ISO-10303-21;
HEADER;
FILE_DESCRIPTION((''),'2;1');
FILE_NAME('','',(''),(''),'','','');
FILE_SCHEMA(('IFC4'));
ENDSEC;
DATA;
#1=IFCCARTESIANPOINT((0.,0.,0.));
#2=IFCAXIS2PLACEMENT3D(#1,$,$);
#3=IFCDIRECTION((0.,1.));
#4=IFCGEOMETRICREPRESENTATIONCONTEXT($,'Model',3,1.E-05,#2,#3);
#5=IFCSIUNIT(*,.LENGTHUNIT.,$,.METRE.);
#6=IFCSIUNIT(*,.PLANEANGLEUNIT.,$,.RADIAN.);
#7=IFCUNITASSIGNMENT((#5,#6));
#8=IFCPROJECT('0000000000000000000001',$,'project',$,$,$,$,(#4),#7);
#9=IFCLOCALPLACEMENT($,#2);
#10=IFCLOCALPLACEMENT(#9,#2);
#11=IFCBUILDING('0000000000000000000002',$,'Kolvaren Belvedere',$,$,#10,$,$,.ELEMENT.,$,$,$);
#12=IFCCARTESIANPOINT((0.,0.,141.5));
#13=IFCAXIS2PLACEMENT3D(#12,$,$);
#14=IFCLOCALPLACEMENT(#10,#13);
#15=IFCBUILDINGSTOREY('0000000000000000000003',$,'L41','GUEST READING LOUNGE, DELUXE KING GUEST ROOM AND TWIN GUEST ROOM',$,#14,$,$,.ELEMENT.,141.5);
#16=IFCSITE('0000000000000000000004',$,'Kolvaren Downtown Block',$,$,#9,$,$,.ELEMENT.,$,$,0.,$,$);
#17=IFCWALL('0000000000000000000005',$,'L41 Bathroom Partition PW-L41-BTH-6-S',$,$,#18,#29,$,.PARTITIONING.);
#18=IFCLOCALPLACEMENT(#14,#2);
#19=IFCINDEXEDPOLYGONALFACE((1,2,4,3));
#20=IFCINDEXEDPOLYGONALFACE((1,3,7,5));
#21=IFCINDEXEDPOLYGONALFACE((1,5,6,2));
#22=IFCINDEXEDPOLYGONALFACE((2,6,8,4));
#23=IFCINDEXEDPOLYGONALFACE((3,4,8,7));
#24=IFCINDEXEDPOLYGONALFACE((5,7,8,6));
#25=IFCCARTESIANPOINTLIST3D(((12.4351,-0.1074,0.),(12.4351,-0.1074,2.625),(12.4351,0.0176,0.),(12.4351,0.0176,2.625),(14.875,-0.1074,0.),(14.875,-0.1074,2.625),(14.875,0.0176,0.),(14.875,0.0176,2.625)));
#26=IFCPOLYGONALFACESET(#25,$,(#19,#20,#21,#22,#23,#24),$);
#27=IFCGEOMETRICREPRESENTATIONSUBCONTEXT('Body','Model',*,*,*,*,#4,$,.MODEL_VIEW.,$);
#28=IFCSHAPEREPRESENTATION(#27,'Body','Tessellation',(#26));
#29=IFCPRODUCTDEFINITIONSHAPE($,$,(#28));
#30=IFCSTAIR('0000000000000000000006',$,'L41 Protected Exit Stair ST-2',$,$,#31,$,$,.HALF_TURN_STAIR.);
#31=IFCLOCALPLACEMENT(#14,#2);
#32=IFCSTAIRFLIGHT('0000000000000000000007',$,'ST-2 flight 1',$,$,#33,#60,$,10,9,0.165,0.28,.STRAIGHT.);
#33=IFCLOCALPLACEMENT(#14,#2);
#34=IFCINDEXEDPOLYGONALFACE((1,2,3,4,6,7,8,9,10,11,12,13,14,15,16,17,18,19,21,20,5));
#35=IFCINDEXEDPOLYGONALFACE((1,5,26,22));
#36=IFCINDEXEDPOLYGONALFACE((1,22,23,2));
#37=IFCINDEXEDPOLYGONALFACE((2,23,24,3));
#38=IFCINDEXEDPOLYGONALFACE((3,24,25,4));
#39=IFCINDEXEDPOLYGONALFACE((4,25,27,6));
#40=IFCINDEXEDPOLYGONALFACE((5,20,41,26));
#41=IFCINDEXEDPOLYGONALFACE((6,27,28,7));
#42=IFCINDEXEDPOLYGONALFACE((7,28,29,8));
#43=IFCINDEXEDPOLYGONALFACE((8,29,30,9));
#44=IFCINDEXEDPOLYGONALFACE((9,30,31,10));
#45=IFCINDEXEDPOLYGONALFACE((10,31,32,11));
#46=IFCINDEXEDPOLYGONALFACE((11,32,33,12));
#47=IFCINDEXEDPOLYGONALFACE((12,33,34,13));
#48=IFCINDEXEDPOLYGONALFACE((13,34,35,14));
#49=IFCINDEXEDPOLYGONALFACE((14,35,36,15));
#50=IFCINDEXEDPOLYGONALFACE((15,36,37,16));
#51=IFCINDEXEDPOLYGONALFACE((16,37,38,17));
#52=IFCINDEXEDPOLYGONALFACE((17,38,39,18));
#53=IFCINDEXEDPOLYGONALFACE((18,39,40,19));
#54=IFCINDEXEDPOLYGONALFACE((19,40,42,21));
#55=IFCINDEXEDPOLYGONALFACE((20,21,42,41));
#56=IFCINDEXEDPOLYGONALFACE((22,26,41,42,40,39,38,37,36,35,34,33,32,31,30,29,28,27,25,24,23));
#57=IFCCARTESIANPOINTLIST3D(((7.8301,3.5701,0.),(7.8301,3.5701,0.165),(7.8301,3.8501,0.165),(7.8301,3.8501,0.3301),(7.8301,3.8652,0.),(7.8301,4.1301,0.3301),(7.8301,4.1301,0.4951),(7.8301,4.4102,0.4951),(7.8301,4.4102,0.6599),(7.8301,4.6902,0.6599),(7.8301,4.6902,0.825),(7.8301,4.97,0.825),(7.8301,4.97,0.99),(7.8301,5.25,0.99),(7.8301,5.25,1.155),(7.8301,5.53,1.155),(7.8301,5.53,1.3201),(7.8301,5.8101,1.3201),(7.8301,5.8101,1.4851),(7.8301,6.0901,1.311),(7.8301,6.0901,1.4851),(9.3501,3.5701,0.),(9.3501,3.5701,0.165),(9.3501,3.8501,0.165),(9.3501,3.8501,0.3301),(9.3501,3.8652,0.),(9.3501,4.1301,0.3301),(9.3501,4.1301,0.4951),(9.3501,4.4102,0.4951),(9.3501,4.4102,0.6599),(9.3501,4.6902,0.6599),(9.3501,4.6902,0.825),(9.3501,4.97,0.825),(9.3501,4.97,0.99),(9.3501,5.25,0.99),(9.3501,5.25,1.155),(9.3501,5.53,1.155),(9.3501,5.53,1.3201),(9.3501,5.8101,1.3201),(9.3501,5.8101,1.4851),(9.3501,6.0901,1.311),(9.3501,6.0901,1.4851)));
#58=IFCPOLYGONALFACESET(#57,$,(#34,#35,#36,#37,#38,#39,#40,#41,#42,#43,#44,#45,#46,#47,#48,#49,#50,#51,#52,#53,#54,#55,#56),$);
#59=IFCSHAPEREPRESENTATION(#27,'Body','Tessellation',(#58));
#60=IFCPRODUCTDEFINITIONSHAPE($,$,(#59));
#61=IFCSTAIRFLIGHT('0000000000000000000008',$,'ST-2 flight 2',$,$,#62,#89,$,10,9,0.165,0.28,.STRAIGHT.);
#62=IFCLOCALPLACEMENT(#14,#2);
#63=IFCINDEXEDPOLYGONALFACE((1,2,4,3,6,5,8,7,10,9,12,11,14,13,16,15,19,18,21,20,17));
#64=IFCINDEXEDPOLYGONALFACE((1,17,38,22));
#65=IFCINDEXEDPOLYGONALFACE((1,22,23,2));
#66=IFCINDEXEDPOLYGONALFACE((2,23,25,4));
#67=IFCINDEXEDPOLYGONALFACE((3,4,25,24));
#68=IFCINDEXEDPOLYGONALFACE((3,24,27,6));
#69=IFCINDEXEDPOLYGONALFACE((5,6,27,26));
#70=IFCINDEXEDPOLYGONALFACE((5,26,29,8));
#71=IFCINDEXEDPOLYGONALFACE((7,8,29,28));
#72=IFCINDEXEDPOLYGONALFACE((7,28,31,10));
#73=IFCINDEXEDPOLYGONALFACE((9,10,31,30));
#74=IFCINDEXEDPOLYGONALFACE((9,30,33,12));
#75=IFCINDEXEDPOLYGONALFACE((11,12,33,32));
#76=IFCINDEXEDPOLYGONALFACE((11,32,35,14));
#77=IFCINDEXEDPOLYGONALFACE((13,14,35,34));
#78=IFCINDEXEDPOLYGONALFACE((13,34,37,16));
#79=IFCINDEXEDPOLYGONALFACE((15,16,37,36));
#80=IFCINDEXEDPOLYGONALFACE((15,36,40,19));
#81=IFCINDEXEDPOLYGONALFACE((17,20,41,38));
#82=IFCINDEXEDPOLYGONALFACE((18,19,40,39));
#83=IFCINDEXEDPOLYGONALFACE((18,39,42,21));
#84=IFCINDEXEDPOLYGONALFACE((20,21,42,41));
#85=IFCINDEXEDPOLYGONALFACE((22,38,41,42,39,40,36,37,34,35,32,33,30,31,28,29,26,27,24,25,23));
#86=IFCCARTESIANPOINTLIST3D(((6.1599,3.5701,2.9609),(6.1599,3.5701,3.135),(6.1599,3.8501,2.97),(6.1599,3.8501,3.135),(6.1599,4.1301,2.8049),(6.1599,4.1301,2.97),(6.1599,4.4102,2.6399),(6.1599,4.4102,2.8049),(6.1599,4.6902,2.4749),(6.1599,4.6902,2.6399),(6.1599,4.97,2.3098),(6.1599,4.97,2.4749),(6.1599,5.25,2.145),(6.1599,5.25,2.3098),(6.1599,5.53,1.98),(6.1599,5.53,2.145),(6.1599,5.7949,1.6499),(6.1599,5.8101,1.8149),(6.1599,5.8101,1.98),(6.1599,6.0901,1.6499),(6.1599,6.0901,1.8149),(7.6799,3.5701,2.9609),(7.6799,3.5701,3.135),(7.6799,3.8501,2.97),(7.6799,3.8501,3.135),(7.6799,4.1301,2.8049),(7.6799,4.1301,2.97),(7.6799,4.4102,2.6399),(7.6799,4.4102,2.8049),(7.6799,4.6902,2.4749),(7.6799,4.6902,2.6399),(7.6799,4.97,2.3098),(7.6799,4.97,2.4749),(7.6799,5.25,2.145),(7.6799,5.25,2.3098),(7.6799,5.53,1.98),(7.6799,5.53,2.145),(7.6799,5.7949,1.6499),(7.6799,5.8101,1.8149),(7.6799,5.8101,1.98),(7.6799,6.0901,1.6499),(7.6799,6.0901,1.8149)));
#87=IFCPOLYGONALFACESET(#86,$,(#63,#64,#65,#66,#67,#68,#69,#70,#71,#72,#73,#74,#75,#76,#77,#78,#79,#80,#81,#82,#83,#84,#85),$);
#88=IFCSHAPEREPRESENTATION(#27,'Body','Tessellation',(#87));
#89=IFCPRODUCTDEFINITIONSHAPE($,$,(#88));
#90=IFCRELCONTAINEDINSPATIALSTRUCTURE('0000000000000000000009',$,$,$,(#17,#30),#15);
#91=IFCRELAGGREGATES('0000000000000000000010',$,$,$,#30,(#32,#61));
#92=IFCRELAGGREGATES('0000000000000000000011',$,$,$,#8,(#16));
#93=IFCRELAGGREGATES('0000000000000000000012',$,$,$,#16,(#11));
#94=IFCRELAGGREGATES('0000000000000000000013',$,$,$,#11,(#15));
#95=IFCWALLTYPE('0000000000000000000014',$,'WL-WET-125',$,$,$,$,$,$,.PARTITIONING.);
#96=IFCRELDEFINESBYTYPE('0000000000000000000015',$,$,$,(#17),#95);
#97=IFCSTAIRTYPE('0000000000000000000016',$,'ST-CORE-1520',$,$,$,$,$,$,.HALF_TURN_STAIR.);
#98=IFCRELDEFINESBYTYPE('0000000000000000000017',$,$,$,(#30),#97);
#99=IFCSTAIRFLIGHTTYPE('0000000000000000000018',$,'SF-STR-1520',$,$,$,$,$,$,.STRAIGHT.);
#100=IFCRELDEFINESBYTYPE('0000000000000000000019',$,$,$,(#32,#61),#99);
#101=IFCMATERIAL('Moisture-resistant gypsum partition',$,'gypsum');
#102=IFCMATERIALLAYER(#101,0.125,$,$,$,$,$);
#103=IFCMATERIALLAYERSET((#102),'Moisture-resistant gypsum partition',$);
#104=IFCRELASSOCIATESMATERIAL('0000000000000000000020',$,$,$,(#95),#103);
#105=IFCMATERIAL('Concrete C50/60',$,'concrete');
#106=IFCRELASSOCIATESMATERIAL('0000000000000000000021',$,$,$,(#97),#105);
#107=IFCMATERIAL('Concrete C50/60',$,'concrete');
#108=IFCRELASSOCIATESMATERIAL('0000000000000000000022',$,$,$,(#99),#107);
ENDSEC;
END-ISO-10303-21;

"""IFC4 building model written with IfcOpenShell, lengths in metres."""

from ifc_helpers import new_model, si_unit, direction, frame, frame_2d, origin, place, context, subcontext, project, spatial, polyline, rectangle, outline, extrude, material, layer, layer_set, type_object, element, aggregate, save


model = new_model("IFC4")

# Units and contexts
model_context = context("Model", 3, precision=1e-05, world=origin(), true_north=direction((0.0, 1.0)))
body_context = subcontext(model_context, "Body", "Model", "MODEL_VIEW")
ifc_project = project(units=[si_unit("LENGTHUNIT", "METRE"), si_unit("PLANEANGLEUNIT", "RADIAN")], contexts=[model_context])

# Site, building, storey
site_placement = place(None, origin())
site = spatial("IfcSite", under=ifc_project, at=site_placement, Name="Kolvaren Downtown Block", CompositionType="ELEMENT", RefElevation=0.0)
building_placement = place(site_placement, origin())
building = spatial("IfcBuilding", under=site, at=building_placement, Name="Kolvaren Belvedere", CompositionType="ELEMENT")
storey_placement = place(building_placement, frame((0.0, 0.0, 141.5)))
storey = spatial("IfcBuildingStorey", under=building, at=storey_placement, Name="L41", Description="GUEST READING LOUNGE, DELUXE KING GUEST ROOM AND TWIN GUEST ROOM", CompositionType="ELEMENT", Elevation=141.5)

# Shared definitions
ifc_material_1 = material(Name="Moisture-resistant gypsum partition", Category="gypsum")
ifc_layer_1 = layer(ifc_material_1, 0.125)
ifc_layer_set_1 = layer_set([ifc_layer_1], Name="Moisture-resistant gypsum partition")
wall_type_1 = type_object("IfcWallType", Name="WL-WET-125", PredefinedType="PARTITIONING", material=ifc_layer_set_1)

# Wall
wall_1_placement = place(storey_placement, frame((12.4351, -0.0449, 0.0), z_axis=(0.0, 0.0, 1.0), x_axis=(1.0, 0.0, 0.0)))
element("IfcWall", 1, at=wall_1_placement, inside=storey, type_object=wall_type_1, Name="L41 Bathroom Partition PW-L41-BTH-6-S", PredefinedType="PARTITIONING", context=body_context, shape_type="SweptSolid", body=[
    extrude(rectangle(XDim=2.4399, YDim=0.125, at=frame_2d((1.22, 0.0))), origin(), (0.0, 0.0, 1.0), 2.625),
])

# Stair, stair flights
ifc_material_2 = material(Name="Concrete C50/60", Category="concrete")
stair_type = type_object("IfcStairType", Name="ST-CORE-1520", PredefinedType="HALF_TURN_STAIR", material=ifc_material_2)
stair_placement = place(storey_placement, origin())
stair = element("IfcStair", 2, at=stair_placement, inside=storey, type_object=stair_type, Name="L41 Protected Exit Stair ST-2", PredefinedType="HALF_TURN_STAIR")
ifc_material_3 = material(Name="Concrete C50/60", Category="concrete")
stair_flight_type = type_object("IfcStairFlightType", Name="SF-STR-1520", PredefinedType="STRAIGHT", material=ifc_material_3)
stair_flight_1_placement = place(storey_placement, frame((8.5901, 3.5701, 0.0), z_axis=(0.0, 0.0, 1.0), x_axis=(0.0, 1.0, 0.0)))
stair_flight_1 = element("IfcStairFlight", 3, at=stair_flight_1_placement, type_object=stair_flight_type, Name="ST-2 flight 1", NumberOfRisers=10, NumberOfTreads=9, PredefinedType="STRAIGHT", RiserHeight=0.165, TreadLength=0.28, context=body_context, shape_type="SweptSolid", body=[
    extrude(outline(polyline([(0.0, 0.0), (0.0, 0.165), (0.28, 0.165), (0.28, 0.3301), (0.5601, 0.3301), (0.5601, 0.4951), (0.8401, 0.4951), (0.8401, 0.6599), (1.1201, 0.6599), (1.1201, 0.825), (1.3999, 0.825), (1.3999, 0.99), (1.6799, 0.99), (1.6799, 1.155), (1.96, 1.155), (1.96, 1.3201), (2.24, 1.3201), (2.24, 1.4851), (2.52, 1.4851), (2.52, 1.6499), (2.52, 1.311), (0.2952, 0.0), (0.0, 0.0)])), frame((0.0, 0.76, 0.0), z_axis=(0.0, -1.0, 0.0), x_axis=(1.0, 0.0, 0.0)), (0.0, 0.0, 1.0), 1.52),
])
stair_flight_2_placement = place(storey_placement, frame((6.9199, 6.0901, 1.6499), z_axis=(0.0, 0.0, 1.0), x_axis=(0.0, -1.0, 0.0)))
stair_flight_2 = element("IfcStairFlight", 4, at=stair_flight_2_placement, type_object=stair_flight_type, Name="ST-2 flight 2", NumberOfRisers=10, NumberOfTreads=9, PredefinedType="STRAIGHT", RiserHeight=0.165, TreadLength=0.28, context=body_context, shape_type="SweptSolid", body=[
    extrude(outline(polyline([(0.0, 0.0), (0.0, 0.165), (0.28, 0.165), (0.28, 0.3301), (0.5601, 0.3301), (0.5601, 0.4951), (0.8401, 0.4951), (0.8401, 0.6599), (1.1201, 0.6599), (1.1201, 0.825), (1.3999, 0.825), (1.3999, 0.99), (1.6799, 0.99), (1.6799, 1.155), (1.96, 1.155), (1.96, 1.3201), (2.24, 1.3201), (2.24, 1.4851), (2.52, 1.4851), (2.52, 1.6499), (2.52, 1.311), (0.2952, 0.0), (0.0, 0.0)])), frame((0.0, 0.76, 0.0), z_axis=(0.0, -1.0, 0.0), x_axis=(1.0, 0.0, 0.0)), (0.0, 0.0, 1.0), 1.52),
])
aggregate(stair, [stair_flight_1, stair_flight_2])

save(model, "model.ifc")
